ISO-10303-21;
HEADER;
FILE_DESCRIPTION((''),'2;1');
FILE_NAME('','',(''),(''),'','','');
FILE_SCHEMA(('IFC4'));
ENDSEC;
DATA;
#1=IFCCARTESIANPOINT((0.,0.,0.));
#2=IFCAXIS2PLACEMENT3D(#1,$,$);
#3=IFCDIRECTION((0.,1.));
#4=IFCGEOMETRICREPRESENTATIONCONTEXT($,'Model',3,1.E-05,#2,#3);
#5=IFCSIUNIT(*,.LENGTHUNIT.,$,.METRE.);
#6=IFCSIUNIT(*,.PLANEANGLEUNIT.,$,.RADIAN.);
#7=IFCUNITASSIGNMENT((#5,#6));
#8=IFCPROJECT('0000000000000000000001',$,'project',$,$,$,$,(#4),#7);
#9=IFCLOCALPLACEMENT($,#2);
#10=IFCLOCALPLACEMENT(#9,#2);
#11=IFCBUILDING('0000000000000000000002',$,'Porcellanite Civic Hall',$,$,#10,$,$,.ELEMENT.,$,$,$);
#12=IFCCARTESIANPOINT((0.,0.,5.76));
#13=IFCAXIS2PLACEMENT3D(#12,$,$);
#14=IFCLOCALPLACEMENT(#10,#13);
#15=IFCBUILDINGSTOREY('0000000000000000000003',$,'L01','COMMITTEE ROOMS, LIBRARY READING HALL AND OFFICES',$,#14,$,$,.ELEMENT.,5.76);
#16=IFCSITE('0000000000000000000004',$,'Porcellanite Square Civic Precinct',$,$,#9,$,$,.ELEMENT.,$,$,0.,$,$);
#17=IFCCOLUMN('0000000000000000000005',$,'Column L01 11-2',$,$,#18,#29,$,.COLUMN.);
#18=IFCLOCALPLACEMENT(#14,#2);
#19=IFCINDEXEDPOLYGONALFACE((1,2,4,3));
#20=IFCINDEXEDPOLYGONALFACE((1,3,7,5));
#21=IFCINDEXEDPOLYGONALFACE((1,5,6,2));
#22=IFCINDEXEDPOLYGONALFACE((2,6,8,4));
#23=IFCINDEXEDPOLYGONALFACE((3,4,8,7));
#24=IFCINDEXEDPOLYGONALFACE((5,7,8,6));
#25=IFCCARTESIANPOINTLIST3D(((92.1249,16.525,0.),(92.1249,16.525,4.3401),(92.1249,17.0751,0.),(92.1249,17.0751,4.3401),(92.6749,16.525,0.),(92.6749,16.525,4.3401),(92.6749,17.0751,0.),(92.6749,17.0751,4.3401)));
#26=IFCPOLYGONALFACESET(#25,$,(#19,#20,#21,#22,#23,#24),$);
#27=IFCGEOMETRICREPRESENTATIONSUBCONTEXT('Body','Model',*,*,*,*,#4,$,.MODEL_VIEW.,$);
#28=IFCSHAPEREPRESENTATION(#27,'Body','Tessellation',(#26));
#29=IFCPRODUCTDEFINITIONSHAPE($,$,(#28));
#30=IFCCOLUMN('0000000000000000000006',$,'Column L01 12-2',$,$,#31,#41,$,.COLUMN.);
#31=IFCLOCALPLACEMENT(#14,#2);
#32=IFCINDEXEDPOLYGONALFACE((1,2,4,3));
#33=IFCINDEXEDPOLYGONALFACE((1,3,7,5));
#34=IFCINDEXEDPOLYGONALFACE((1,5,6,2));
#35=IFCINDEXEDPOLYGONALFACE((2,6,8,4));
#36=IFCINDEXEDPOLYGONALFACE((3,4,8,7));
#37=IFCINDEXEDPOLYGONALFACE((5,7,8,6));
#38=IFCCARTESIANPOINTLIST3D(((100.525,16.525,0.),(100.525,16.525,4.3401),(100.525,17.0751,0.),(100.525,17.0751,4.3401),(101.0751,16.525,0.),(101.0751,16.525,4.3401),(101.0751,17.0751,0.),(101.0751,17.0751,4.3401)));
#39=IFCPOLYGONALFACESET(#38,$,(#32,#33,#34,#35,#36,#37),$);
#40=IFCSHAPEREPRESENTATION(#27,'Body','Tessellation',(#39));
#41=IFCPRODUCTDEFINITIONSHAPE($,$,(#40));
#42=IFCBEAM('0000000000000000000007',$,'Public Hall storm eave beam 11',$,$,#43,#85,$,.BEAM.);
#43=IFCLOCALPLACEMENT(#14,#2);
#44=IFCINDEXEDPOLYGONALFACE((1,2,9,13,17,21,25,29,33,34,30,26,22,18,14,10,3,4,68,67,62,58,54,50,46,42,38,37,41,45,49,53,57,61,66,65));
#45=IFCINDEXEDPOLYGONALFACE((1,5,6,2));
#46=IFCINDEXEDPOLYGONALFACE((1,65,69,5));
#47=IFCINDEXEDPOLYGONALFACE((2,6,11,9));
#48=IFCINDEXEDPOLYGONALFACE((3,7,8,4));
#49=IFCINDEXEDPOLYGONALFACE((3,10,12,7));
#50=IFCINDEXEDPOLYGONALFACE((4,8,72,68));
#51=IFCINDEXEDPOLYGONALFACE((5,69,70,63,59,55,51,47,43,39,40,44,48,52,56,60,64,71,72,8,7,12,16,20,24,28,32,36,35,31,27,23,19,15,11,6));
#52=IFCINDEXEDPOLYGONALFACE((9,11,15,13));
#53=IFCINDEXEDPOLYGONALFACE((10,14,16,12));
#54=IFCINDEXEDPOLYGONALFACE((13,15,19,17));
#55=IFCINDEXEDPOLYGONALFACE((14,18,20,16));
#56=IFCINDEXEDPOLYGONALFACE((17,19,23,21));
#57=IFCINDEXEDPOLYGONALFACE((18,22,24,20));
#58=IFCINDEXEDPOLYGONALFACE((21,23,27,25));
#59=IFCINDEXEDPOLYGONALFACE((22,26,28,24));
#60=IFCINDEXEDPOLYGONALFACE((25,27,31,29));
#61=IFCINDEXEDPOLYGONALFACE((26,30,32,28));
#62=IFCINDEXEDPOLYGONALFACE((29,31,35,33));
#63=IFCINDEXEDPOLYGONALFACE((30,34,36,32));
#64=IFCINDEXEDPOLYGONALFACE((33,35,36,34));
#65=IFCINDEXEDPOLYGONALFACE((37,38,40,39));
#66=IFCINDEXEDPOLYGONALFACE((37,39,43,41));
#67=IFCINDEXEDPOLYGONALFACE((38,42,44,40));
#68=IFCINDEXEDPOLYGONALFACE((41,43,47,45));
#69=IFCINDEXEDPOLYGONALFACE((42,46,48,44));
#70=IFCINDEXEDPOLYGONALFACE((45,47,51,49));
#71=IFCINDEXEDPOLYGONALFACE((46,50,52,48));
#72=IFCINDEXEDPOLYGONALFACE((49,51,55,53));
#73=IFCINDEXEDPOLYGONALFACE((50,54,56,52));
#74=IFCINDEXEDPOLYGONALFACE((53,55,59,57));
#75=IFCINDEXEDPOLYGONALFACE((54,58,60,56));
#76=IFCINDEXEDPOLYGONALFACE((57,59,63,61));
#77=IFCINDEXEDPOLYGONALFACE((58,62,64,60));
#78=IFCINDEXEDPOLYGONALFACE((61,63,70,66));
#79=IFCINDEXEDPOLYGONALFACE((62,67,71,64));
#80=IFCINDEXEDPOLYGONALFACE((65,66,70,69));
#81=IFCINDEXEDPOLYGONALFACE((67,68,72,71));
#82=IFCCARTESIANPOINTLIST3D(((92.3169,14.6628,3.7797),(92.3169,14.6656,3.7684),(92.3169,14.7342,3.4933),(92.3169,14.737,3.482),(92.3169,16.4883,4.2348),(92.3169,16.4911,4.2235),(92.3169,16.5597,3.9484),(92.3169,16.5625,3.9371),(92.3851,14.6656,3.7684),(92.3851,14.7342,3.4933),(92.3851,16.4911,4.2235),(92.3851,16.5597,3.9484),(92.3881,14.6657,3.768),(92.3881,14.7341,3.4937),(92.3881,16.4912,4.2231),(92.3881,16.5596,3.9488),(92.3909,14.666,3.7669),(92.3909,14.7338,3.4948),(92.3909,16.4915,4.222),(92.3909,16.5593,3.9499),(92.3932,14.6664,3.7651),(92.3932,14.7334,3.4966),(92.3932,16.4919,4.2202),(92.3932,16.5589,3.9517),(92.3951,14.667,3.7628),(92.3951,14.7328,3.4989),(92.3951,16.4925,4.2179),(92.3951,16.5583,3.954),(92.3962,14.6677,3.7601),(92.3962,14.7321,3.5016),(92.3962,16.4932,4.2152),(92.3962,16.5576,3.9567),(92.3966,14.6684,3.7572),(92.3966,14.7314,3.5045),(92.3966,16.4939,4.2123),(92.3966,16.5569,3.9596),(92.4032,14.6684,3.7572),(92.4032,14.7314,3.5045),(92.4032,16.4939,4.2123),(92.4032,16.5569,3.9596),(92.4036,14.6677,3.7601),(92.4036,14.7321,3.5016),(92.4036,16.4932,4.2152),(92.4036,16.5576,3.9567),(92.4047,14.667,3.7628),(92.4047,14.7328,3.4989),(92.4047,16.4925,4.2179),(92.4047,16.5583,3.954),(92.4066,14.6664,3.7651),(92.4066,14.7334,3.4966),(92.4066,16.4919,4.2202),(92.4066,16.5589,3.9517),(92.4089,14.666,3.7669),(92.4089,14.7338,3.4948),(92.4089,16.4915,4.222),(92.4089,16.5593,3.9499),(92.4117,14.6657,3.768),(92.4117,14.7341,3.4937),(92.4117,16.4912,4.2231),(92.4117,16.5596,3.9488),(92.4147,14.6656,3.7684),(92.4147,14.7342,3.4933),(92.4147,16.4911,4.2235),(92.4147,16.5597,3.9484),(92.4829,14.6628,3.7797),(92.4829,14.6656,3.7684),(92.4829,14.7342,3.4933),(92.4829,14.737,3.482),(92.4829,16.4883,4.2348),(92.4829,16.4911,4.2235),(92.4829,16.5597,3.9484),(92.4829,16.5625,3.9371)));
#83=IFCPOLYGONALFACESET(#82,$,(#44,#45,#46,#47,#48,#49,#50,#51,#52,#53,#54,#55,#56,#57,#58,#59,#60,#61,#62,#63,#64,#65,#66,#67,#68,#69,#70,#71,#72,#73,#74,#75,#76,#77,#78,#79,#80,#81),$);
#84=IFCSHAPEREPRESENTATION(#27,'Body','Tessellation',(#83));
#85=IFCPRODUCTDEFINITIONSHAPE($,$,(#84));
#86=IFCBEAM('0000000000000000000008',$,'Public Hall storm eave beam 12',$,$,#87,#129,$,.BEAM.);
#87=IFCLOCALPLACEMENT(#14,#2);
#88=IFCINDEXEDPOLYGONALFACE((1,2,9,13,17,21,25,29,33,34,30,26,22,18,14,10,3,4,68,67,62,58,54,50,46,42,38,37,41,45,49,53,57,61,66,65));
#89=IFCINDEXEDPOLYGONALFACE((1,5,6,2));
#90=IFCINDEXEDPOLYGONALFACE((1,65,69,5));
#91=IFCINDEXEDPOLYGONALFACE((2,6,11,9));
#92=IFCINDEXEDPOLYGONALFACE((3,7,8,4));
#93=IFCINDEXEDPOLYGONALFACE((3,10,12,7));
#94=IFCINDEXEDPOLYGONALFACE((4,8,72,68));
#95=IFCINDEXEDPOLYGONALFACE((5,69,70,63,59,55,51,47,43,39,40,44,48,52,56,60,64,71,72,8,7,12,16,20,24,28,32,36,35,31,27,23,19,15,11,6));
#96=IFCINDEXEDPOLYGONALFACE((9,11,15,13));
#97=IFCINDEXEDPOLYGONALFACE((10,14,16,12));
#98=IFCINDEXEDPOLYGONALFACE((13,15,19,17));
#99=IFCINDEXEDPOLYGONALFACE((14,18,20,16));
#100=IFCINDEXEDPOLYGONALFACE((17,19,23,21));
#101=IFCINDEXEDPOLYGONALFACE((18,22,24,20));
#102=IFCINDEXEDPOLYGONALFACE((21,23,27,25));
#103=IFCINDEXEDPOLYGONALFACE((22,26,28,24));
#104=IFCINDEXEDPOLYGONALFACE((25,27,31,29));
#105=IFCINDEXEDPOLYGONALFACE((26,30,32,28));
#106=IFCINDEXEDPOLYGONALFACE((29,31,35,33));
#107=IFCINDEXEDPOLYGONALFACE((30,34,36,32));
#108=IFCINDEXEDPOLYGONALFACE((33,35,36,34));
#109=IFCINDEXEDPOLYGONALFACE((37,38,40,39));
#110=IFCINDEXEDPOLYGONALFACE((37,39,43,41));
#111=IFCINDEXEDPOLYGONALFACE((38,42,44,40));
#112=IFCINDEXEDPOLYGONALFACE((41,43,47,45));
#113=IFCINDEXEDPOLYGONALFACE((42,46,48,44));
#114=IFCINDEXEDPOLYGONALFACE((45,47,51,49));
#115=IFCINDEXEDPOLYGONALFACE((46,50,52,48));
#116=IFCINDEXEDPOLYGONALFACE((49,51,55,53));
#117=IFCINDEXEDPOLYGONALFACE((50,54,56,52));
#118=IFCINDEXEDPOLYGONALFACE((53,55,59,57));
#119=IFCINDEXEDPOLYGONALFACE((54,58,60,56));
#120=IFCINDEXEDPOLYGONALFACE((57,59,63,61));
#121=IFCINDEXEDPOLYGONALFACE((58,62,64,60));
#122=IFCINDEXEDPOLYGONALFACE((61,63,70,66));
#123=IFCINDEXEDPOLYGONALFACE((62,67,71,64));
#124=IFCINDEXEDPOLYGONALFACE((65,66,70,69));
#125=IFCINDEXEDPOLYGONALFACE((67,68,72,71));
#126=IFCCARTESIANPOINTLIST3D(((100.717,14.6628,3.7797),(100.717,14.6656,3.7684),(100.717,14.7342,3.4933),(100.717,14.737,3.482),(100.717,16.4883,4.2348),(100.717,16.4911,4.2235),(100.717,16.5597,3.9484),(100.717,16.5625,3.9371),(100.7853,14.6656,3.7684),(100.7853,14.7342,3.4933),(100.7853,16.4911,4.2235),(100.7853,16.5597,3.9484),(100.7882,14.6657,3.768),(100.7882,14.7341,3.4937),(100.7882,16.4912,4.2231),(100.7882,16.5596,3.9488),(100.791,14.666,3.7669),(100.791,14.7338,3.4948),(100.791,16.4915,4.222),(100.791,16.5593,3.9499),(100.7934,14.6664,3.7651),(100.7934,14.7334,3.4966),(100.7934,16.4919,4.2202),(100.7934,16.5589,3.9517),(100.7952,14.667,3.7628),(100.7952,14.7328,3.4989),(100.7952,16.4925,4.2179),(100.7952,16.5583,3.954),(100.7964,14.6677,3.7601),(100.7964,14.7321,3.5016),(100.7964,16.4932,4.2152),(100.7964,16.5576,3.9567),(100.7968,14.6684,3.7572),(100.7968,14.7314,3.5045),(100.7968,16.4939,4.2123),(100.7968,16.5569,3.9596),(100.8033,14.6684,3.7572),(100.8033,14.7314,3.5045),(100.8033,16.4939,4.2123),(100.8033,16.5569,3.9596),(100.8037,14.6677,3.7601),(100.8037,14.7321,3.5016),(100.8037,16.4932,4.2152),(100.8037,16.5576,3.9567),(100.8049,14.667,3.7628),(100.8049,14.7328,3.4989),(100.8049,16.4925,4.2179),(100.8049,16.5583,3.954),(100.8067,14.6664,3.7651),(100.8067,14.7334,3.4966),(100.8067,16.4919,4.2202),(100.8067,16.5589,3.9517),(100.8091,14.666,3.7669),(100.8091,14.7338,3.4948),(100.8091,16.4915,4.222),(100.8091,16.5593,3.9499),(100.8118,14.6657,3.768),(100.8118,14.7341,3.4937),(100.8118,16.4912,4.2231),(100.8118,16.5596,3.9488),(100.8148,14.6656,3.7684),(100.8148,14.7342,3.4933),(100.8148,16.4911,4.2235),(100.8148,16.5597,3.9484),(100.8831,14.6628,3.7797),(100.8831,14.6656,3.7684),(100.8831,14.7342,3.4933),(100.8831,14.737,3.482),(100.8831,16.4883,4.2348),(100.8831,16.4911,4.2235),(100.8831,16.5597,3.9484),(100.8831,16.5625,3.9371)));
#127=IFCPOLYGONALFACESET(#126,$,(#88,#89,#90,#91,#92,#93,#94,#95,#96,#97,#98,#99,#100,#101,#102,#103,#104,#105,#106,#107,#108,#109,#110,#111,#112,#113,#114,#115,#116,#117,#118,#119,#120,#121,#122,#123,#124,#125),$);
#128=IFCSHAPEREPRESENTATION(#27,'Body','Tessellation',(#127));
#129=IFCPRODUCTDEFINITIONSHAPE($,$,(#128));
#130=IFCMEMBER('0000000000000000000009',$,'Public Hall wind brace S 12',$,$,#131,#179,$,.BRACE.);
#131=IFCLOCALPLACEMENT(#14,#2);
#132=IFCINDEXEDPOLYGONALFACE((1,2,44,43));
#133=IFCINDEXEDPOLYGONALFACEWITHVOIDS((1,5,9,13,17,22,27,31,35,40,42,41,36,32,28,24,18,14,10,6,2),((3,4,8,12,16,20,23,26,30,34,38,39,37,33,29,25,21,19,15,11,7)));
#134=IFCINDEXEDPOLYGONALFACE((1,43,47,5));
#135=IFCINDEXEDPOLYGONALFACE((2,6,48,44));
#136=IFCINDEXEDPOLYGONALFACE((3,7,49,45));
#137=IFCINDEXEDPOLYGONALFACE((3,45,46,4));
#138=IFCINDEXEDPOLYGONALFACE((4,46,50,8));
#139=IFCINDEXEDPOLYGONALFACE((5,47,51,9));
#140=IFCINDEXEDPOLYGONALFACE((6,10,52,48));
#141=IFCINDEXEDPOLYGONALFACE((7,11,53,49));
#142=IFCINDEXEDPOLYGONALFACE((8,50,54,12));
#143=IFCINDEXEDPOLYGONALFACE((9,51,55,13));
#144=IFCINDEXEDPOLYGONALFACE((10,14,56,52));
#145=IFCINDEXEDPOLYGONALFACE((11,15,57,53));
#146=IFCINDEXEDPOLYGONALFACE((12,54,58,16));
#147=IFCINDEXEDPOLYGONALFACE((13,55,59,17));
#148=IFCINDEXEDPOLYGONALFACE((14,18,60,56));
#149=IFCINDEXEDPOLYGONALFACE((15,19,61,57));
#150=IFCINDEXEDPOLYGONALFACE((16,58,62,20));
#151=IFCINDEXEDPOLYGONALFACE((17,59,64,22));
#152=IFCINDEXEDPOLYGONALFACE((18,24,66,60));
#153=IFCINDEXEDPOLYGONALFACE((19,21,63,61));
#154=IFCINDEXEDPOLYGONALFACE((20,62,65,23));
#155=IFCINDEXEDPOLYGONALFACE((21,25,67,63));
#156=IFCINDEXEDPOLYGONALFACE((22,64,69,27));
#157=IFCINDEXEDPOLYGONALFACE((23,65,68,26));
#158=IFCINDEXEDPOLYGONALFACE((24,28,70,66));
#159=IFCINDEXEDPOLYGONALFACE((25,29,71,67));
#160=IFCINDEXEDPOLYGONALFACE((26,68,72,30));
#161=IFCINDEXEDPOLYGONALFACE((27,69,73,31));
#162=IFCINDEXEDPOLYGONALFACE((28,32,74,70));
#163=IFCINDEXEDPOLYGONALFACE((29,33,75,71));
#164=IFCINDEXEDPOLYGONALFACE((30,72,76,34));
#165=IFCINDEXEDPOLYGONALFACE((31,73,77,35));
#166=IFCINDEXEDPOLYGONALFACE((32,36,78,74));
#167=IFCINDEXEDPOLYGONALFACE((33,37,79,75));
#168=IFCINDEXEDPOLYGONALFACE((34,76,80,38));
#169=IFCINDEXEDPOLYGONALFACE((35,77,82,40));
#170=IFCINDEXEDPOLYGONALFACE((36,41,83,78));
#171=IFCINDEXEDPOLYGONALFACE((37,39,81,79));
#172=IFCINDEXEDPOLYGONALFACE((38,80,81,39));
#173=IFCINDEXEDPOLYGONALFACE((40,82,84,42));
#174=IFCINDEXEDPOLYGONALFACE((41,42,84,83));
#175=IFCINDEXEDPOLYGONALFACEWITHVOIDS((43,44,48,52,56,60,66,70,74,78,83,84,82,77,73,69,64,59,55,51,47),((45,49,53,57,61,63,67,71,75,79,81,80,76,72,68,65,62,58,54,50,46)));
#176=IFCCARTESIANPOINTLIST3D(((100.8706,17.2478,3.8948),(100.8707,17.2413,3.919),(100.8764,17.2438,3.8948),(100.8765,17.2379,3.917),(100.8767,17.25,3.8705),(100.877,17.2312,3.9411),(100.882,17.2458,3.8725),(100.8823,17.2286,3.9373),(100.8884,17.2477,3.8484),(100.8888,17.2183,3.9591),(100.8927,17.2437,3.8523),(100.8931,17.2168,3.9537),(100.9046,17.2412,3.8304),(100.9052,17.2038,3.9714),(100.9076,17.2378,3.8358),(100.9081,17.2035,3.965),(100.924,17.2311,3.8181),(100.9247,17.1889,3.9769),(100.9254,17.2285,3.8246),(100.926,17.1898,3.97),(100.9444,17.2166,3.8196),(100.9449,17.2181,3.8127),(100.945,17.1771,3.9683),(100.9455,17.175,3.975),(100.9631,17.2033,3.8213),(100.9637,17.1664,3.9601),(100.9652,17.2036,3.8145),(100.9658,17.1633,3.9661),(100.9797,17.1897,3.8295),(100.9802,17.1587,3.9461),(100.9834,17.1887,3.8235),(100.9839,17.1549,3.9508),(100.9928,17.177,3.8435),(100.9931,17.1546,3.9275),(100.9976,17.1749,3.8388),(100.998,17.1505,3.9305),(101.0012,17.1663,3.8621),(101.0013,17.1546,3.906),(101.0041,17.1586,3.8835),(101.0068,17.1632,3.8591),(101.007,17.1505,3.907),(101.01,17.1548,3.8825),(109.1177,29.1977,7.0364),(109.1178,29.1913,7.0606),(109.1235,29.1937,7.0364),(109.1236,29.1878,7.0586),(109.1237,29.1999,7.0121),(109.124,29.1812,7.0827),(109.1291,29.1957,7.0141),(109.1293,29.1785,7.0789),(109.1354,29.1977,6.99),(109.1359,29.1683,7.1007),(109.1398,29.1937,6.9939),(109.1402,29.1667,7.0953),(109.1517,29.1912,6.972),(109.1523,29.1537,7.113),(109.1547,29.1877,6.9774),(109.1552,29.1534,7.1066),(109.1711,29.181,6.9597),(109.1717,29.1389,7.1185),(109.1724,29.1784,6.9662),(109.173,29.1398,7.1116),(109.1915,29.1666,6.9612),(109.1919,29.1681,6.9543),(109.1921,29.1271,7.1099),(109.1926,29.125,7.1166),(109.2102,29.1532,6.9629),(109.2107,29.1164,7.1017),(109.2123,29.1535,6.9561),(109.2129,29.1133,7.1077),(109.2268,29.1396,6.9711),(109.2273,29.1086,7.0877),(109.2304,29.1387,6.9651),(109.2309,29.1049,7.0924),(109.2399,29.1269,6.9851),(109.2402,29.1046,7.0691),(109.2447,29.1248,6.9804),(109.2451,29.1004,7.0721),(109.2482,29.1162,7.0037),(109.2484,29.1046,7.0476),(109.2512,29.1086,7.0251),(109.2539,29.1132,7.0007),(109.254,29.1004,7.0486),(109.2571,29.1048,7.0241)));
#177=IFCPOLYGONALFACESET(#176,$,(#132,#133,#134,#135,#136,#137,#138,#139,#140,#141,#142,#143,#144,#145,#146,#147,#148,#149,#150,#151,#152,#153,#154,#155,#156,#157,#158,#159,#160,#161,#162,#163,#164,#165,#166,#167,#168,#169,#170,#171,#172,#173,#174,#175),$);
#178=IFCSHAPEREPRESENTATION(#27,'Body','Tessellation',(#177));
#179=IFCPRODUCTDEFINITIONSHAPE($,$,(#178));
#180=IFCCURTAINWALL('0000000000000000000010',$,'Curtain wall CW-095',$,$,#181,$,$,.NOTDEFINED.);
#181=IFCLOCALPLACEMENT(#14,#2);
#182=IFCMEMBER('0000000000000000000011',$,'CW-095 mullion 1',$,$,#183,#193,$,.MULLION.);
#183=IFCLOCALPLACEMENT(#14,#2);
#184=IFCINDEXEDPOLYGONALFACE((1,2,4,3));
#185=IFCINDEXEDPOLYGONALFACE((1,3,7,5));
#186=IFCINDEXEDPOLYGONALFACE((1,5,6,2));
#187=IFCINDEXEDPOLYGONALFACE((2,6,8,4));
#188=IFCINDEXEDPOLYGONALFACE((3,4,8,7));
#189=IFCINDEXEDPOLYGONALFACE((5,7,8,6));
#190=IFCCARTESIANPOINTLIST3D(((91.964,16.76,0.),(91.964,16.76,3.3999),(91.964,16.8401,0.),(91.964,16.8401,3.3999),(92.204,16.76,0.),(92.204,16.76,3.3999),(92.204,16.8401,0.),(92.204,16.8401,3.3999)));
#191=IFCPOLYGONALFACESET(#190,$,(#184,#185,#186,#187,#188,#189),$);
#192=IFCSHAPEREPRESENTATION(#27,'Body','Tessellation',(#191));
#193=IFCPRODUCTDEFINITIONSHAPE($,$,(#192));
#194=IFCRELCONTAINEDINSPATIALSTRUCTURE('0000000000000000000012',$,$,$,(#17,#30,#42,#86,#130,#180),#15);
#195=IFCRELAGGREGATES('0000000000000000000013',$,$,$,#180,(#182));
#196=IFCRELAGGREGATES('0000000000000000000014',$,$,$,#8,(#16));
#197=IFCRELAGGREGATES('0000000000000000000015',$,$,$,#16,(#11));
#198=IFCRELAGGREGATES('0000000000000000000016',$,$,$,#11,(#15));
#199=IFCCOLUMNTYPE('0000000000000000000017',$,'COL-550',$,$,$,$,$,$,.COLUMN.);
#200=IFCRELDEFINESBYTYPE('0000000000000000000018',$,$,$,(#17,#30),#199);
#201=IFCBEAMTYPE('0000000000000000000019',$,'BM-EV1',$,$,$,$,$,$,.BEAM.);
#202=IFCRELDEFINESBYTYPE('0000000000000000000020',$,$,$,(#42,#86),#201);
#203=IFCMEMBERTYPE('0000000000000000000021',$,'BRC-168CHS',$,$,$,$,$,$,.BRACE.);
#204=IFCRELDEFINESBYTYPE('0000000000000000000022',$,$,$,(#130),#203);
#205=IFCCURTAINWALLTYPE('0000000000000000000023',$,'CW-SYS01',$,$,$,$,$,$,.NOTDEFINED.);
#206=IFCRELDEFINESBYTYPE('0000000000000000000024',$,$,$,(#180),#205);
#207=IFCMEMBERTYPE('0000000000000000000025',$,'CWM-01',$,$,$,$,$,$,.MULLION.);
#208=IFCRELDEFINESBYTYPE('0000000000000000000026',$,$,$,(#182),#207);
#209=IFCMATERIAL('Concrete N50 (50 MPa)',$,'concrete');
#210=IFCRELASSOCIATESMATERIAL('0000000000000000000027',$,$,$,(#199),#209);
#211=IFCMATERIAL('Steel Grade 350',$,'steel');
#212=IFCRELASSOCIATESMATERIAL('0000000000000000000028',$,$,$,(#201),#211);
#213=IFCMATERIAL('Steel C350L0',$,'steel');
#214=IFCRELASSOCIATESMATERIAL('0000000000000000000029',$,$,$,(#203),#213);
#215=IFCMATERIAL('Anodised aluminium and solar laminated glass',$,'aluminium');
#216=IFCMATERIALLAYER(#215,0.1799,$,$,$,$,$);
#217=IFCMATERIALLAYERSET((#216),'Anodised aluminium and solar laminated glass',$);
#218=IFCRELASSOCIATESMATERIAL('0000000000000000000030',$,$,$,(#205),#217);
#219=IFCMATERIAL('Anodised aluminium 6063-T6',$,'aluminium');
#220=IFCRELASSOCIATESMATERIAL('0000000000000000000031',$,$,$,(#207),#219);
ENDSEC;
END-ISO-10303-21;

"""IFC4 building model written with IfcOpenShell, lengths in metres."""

from ifc_helpers import new_model, si_unit, direction, frame, origin, origin_2d, place, context, subcontext, project, spatial, rectangle, hollow_circle, i_section, extrude, material, layer, layer_set, material_profile, profile_set, type_object, element, aggregate, save


model = new_model("IFC4")

# Units and contexts
model_context = context("Model", 3, precision=1e-05, world=origin(), true_north=direction((0.0, 1.0)))
body_context = subcontext(model_context, "Body", "Model", "MODEL_VIEW")
ifc_project = project(units=[si_unit("LENGTHUNIT", "METRE"), si_unit("PLANEANGLEUNIT", "RADIAN")], contexts=[model_context])

# Site, building, storey
site_placement = place(None, origin())
site = spatial("IfcSite", under=ifc_project, at=site_placement, Name="Porcellanite Square Civic Precinct", CompositionType="ELEMENT", RefElevation=0.0)
building_placement = place(site_placement, origin())
building = spatial("IfcBuilding", under=site, at=building_placement, Name="Porcellanite Civic Hall", CompositionType="ELEMENT")
storey_placement = place(building_placement, frame((0.0, 0.0, 5.76)))
storey = spatial("IfcBuildingStorey", under=building, at=storey_placement, Name="L01", Description="COMMITTEE ROOMS, LIBRARY READING HALL AND OFFICES", CompositionType="ELEMENT", Elevation=5.76)

# Columns
ifc_material_1 = material(Name="Concrete N50 (50 MPa)", Category="concrete")
ifc_material_profile_1 = material_profile(ifc_material_1, rectangle(XDim=0.55, YDim=0.55, at=origin_2d()), Name="RC-550x550")
ifc_profile_set_1 = profile_set([ifc_material_profile_1], Name="Concrete N50 (50 MPa)")
column_type = type_object("IfcColumnType", Name="COL-550", PredefinedType="COLUMN", material=ifc_profile_set_1)
for number, where, z_axis, x_axis, name in (
    (1, (92.3999, 16.8, 0.0), (0.0, 0.0, 1.0), (1.0, 0.0, 0.0), "Column L01 11-2"),
    (2, (100.8, 16.8, 0.0), (0.0, 0.0, 1.0), (1.0, 0.0, 0.0), "Column L01 12-2"),
):
    element("IfcColumn", number, at=place(storey_placement, frame(where, z_axis=z_axis, x_axis=x_axis)), inside=storey, type_object=column_type, Name=name, PredefinedType="COLUMN", context=body_context, shape_type="SweptSolid", body=[
        extrude(rectangle(XDim=0.55, YDim=0.55, at=origin_2d()), origin(), (0.0, 0.0, 1.0), 4.3401),
    ])

# Beams
ifc_material_2 = material(Name="Steel Grade 350", Category="steel")
ifc_material_profile_2 = material_profile(ifc_material_2, i_section(OverallWidth=0.166, OverallDepth=0.3069, WebThickness=0.0066, FlangeThickness=0.0117, FilletRadius=0.0115, at=origin_2d()), Name="310UB46.2")
ifc_profile_set_2 = profile_set([ifc_material_profile_2], Name="Steel Grade 350")
beam_type_1 = type_object("IfcBeamType", Name="BM-EV1", PredefinedType="BEAM", material=ifc_profile_set_2)
for number, where, z_axis, x_axis, name in (
    (3, (92.3999, 16.5254, 4.0859), (0.0, -0.970303, -0.241894), (1.0, 0.0, 0.0), "Public Hall storm eave beam 11"),
    (4, (100.8, 16.5254, 4.0859), (0.0, -0.970303, -0.241894), (1.0, 0.0, 0.0), "Public Hall storm eave beam 12"),
):
    element("IfcBeam", number, at=place(storey_placement, frame(where, z_axis=z_axis, x_axis=x_axis)), inside=storey, type_object=beam_type_1, Name=name, PredefinedType="BEAM", context=body_context, shape_type="SweptSolid", body=[
        extrude(i_section(OverallWidth=0.166, OverallDepth=0.3069, WebThickness=0.0066, FlangeThickness=0.0117, FilletRadius=0.0115, at=origin_2d()), origin(), (0.0, 0.0, 1.0), 1.8813),
    ])

# Member
ifc_material_3 = material(Name="Steel C350L0", Category="steel")
ifc_material_profile_3 = material_profile(ifc_material_3, hollow_circle(Radius=0.0842, WallThickness=0.0071, at=origin_2d()), Name="168.3x7.1CHS")
ifc_profile_set_3 = profile_set([ifc_material_profile_3], Name="Steel C350L0")
member_type_1 = type_object("IfcMemberType", Name="BRC-168CHS", PredefinedType="BRACE", material=ifc_profile_set_3)
member_1_placement = place(storey_placement, frame((100.9399, 17.2, 3.8948), z_axis=(0.555154, 0.804414, 0.211478), x_axis=(-0.823028, 0.568, 0.0)))
element("IfcMember", 5, at=member_1_placement, inside=storey, type_object=member_type_1, Name="Public Hall wind brace S 12", PredefinedType="BRACE", context=body_context, shape_type="SweptSolid", body=[
    extrude(hollow_circle(Radius=0.0842, WallThickness=0.0071, at=origin_2d()), origin(), (0.0, 0.0, 1.0), 14.8555),
])

# Curtain wall, member
ifc_material_4 = material(Name="Anodised aluminium and solar laminated glass", Category="aluminium")
ifc_layer_1 = layer(ifc_material_4, 0.1799)
ifc_layer_set_1 = layer_set([ifc_layer_1], Name="Anodised aluminium and solar laminated glass")
curtain_wall_type = type_object("IfcCurtainWallType", Name="CW-SYS01", PredefinedType="NOTDEFINED", material=ifc_layer_set_1)
curtain_wall_1_placement = place(storey_placement, origin())
curtain_wall_1 = element("IfcCurtainWall", 6, at=curtain_wall_1_placement, inside=storey, type_object=curtain_wall_type, Name="Curtain wall CW-095", PredefinedType="NOTDEFINED")
ifc_material_5 = material(Name="Anodised aluminium 6063-T6", Category="aluminium")
ifc_material_profile_4 = material_profile(ifc_material_5, rectangle(XDim=0.0801, YDim=0.24, at=origin_2d()), Name="AL-80x240")
ifc_profile_set_4 = profile_set([ifc_material_profile_4], Name="Anodised aluminium 6063-T6")
member_type_2 = type_object("IfcMemberType", Name="CWM-01", PredefinedType="MULLION", material=ifc_profile_set_4)
member_2_placement = place(storey_placement, frame((92.084, 16.8, 0.0), z_axis=(0.0, 0.0, 1.0), x_axis=(0.0, -1.0, 0.0)))
member_2 = element("IfcMember", 7, at=member_2_placement, type_object=member_type_2, Name="CW-095 mullion 1", PredefinedType="MULLION", context=body_context, shape_type="SweptSolid", body=[
    extrude(rectangle(XDim=0.0801, YDim=0.24, at=origin_2d()), origin(), (0.0, 0.0, 1.0), 3.3999),
])

aggregate(curtain_wall_1, [member_2])

save(model, "model.ifc")
